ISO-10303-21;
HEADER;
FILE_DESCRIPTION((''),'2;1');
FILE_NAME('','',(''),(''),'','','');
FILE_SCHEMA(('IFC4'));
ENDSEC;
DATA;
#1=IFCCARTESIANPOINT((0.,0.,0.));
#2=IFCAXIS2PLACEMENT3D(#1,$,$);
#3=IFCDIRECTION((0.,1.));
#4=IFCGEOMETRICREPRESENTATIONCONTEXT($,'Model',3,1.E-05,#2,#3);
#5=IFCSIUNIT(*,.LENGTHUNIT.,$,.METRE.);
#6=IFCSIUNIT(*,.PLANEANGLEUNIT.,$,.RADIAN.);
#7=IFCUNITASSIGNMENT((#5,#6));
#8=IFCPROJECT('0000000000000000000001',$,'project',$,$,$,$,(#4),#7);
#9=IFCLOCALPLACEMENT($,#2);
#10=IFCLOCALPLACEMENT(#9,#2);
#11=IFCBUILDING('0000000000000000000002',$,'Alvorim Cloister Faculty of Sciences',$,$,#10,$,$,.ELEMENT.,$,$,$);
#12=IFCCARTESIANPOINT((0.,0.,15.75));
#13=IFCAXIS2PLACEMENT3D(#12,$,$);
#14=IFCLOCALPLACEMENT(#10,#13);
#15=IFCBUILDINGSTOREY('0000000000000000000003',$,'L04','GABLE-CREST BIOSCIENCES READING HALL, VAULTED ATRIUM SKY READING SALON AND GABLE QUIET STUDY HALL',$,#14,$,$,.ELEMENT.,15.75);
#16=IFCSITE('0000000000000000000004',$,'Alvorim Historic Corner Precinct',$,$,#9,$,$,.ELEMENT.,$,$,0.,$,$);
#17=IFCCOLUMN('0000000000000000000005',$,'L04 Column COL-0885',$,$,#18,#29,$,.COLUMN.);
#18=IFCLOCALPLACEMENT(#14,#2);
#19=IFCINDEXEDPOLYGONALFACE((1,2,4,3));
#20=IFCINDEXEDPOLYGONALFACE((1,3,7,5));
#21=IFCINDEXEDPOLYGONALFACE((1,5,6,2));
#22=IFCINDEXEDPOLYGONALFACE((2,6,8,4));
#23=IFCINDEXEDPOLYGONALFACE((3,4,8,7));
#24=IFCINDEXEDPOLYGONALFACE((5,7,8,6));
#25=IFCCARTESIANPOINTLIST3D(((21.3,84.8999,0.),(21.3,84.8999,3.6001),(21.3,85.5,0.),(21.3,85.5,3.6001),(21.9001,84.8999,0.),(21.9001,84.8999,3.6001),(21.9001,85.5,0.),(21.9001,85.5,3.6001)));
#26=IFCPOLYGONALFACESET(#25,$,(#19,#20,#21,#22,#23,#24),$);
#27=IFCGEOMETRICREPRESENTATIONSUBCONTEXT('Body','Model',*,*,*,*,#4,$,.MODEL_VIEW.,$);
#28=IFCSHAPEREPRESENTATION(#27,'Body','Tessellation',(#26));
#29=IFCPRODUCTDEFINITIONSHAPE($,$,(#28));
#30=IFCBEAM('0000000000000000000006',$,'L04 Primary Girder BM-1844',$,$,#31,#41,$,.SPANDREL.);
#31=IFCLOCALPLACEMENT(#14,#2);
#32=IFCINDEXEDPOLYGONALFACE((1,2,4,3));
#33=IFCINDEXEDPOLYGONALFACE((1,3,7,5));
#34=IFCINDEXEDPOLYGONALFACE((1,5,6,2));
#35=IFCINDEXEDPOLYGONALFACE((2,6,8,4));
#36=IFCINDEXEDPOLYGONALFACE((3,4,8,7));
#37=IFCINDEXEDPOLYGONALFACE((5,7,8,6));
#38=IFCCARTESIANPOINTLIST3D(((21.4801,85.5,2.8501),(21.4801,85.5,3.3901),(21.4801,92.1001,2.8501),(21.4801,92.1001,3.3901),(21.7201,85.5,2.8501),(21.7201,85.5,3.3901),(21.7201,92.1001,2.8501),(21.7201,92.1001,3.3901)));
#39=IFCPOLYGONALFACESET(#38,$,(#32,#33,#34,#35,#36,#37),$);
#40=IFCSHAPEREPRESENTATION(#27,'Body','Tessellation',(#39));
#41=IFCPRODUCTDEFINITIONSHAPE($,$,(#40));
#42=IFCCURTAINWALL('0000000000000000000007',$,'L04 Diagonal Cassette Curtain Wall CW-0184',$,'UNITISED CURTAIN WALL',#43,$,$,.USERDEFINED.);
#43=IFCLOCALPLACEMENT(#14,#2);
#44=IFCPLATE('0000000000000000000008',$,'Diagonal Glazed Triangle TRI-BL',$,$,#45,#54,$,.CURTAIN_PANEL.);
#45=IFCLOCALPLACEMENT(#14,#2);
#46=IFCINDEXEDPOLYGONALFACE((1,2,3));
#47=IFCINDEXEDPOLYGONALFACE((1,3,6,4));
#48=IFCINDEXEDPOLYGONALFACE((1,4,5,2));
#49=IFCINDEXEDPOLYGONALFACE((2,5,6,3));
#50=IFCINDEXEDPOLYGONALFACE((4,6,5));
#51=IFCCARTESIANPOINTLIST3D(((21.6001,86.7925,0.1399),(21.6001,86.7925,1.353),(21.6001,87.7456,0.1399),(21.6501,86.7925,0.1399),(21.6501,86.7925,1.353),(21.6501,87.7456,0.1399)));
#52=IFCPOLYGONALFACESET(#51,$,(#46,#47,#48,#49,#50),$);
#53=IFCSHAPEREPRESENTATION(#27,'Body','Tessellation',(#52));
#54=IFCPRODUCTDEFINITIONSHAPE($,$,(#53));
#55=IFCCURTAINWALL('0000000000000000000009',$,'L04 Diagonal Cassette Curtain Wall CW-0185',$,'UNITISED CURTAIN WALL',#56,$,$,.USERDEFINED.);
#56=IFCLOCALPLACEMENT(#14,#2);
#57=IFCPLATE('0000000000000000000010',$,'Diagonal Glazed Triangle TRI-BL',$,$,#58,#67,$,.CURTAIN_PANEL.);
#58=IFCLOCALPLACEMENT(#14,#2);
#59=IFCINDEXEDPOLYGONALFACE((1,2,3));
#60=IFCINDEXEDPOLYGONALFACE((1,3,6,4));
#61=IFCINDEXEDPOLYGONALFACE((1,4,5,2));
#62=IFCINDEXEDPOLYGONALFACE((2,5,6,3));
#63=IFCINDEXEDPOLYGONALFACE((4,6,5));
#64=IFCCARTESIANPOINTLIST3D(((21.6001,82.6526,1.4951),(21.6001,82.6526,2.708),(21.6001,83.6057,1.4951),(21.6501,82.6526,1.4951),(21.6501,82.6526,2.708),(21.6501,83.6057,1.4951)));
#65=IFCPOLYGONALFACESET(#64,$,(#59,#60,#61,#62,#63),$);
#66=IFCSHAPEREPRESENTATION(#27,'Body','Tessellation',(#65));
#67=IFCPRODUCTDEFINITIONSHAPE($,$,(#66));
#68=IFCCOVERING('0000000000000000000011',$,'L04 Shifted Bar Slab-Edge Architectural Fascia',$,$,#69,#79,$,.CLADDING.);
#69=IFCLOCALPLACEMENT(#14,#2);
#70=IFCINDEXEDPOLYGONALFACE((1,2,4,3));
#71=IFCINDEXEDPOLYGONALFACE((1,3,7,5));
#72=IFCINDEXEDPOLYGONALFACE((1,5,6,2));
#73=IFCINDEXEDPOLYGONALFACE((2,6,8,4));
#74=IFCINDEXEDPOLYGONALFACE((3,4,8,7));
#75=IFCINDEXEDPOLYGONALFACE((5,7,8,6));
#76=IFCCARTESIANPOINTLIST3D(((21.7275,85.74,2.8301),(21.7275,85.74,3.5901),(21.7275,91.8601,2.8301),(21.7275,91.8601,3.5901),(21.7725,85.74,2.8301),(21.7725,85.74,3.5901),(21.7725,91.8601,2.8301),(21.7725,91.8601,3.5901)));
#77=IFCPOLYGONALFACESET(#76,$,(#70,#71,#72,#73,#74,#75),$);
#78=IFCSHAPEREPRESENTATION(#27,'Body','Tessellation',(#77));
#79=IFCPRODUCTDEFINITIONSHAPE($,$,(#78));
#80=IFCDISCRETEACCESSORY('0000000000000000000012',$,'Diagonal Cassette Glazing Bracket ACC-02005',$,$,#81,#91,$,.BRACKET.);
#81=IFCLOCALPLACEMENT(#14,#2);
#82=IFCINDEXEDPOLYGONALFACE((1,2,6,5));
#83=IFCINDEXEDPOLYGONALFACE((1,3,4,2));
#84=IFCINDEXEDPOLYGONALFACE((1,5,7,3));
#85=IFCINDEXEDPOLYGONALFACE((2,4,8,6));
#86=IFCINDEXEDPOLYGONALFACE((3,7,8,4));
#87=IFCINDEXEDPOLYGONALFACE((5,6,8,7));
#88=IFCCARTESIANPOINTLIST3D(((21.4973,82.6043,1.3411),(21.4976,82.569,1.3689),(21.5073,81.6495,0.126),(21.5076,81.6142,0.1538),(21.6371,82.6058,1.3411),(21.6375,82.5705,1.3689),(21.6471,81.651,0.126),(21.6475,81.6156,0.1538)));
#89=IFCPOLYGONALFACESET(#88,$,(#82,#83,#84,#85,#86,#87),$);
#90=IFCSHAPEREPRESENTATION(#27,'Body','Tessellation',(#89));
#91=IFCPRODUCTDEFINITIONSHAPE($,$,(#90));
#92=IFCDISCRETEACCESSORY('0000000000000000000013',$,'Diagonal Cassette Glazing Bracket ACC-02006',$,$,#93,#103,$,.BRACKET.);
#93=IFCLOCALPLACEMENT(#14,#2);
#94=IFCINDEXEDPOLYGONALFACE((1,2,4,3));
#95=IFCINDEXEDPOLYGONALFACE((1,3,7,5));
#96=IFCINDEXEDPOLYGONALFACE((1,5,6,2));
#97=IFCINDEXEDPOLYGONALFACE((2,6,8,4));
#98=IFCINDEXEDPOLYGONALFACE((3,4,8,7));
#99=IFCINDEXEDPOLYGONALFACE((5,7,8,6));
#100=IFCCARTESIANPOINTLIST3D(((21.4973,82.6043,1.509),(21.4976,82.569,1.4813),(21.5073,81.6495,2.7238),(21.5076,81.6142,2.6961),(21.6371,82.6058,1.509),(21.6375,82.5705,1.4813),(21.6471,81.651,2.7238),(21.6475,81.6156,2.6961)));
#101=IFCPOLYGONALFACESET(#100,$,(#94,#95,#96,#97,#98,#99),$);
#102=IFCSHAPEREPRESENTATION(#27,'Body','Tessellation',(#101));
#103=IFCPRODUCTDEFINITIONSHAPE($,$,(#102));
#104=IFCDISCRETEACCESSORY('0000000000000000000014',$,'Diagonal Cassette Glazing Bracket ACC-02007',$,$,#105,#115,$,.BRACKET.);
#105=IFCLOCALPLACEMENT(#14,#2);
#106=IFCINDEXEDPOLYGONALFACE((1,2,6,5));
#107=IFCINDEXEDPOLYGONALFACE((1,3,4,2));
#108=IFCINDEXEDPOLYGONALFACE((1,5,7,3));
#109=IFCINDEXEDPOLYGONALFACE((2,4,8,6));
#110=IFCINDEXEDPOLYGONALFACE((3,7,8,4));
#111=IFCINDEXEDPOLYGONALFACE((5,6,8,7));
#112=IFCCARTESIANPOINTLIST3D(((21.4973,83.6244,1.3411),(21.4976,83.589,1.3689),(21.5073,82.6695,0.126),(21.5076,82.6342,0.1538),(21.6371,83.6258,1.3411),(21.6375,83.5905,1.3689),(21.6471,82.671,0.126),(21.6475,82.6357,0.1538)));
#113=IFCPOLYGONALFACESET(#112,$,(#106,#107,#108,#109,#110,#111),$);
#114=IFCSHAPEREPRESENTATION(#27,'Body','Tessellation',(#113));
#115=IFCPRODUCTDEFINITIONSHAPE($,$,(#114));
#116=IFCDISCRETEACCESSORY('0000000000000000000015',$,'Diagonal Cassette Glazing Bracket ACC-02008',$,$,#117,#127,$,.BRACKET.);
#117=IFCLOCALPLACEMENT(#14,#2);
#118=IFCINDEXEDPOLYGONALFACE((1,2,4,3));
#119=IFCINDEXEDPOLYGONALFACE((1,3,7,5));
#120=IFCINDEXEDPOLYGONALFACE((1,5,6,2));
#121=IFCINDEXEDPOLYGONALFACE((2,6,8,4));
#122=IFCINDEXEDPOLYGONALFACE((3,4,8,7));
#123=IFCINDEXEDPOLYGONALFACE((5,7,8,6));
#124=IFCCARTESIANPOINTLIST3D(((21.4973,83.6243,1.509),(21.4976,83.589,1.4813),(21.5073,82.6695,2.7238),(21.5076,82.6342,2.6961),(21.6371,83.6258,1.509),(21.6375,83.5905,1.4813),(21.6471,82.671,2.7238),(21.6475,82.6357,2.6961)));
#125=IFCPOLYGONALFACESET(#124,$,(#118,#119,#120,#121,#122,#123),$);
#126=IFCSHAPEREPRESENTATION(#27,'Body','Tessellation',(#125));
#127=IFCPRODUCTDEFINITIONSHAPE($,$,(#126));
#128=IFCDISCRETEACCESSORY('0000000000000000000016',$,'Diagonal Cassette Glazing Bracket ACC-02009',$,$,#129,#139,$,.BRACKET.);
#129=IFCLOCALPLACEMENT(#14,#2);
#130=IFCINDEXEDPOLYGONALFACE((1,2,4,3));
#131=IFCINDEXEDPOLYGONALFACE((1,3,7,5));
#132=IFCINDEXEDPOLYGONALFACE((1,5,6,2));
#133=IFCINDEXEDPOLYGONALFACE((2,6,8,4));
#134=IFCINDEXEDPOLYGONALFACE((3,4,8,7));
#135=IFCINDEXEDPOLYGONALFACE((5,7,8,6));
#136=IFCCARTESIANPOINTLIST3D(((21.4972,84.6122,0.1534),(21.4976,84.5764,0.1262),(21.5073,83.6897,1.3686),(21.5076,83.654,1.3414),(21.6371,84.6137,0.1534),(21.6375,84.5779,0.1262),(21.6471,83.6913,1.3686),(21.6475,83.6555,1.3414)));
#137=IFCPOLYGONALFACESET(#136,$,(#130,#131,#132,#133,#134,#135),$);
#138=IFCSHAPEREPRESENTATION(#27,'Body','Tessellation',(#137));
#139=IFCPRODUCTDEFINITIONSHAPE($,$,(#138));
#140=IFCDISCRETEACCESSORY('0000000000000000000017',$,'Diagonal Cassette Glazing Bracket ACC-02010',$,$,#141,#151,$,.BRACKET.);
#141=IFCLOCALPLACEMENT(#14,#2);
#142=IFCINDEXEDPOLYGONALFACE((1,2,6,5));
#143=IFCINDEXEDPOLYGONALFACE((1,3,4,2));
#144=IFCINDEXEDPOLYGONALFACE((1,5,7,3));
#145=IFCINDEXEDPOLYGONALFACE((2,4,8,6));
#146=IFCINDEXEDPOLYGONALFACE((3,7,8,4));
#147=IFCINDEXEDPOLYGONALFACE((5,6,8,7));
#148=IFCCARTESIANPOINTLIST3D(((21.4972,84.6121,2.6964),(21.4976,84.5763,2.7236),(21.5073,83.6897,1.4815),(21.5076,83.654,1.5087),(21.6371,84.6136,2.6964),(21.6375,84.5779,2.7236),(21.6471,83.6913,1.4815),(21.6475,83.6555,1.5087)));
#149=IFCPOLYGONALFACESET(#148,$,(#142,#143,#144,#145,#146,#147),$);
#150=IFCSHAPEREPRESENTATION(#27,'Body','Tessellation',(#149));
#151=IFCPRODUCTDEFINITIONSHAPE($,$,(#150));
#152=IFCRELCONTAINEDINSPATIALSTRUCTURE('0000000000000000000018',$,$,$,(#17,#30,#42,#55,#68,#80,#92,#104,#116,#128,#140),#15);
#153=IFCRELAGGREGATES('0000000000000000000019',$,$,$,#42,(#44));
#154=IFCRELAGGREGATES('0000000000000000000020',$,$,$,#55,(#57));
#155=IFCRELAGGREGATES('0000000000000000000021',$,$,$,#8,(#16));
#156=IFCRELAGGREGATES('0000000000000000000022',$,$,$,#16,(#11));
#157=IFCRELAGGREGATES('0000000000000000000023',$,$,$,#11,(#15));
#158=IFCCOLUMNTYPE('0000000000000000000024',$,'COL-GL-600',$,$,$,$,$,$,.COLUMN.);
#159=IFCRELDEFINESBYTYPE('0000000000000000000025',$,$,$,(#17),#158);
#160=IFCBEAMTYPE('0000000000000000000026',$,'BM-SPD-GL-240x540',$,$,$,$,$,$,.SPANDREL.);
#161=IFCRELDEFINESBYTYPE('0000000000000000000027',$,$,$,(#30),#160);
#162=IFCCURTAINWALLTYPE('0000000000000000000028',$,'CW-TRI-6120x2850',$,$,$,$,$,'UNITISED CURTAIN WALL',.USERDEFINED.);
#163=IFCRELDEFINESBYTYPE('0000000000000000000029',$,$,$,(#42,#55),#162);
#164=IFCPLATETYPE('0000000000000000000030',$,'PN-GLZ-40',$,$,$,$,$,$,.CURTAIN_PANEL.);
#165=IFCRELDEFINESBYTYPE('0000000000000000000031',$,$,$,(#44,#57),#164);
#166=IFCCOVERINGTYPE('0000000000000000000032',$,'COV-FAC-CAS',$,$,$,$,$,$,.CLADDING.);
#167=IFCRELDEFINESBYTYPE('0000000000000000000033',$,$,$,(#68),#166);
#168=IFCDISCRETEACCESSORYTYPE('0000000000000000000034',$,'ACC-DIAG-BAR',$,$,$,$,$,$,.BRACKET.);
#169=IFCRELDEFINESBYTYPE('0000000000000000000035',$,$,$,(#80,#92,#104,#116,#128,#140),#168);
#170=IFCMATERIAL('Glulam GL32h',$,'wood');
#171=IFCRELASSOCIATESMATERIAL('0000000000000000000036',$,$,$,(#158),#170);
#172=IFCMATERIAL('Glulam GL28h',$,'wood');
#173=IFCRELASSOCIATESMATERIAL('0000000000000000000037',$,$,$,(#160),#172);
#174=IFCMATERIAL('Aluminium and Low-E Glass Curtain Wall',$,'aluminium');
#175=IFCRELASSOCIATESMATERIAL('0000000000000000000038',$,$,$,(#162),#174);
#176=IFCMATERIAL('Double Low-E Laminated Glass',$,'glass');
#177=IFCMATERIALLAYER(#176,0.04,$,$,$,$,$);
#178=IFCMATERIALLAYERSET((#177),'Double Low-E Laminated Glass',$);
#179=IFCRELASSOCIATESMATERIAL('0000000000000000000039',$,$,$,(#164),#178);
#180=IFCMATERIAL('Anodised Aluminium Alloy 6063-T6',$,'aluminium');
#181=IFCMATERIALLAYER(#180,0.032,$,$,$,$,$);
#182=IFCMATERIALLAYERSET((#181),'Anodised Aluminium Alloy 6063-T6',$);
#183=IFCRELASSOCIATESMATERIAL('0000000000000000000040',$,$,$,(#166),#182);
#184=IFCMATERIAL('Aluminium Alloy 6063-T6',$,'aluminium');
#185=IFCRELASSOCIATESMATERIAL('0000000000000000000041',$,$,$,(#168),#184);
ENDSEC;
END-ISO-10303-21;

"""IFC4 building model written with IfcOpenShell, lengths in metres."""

from ifc_helpers import new_model, si_unit, direction, frame, origin, origin_2d, place, context, subcontext, project, spatial, polyline, rectangle, outline, extrude, material, layer, layer_set, material_profile, profile_set, type_object, element, aggregate, save


model = new_model("IFC4")

# Units and contexts
model_context = context("Model", 3, precision=1e-05, world=origin(), true_north=direction((0.0, 1.0)))
body_context = subcontext(model_context, "Body", "Model", "MODEL_VIEW")
ifc_project = project(units=[si_unit("LENGTHUNIT", "METRE"), si_unit("PLANEANGLEUNIT", "RADIAN")], contexts=[model_context])

# Site, building, storey
site_placement = place(None, origin())
site = spatial("IfcSite", under=ifc_project, at=site_placement, Name="Alvorim Historic Corner Precinct", CompositionType="ELEMENT", RefElevation=0.0)
building_placement = place(site_placement, origin())
building = spatial("IfcBuilding", under=site, at=building_placement, Name="Alvorim Cloister Faculty of Sciences", CompositionType="ELEMENT")
storey_placement = place(building_placement, frame((0.0, 0.0, 15.75)))
storey = spatial("IfcBuildingStorey", under=building, at=storey_placement, Name="L04", Description="GABLE-CREST BIOSCIENCES READING HALL, VAULTED ATRIUM SKY READING SALON AND GABLE QUIET STUDY HALL", CompositionType="ELEMENT", Elevation=15.75)

# Column
ifc_material_1 = material(Name="Glulam GL32h", Category="wood")
ifc_material_profile_1 = material_profile(ifc_material_1, rectangle(XDim=0.6001, YDim=0.6001, at=origin_2d()), Name="GL32-COL-600x600")
ifc_profile_set_1 = profile_set([ifc_material_profile_1], Name="Glulam GL32h")
column_type = type_object("IfcColumnType", Name="COL-GL-600", PredefinedType="COLUMN", material=ifc_profile_set_1)
column_placement = place(storey_placement, frame((21.6001, 85.2, 0.0), z_axis=(0.0, 0.0, 1.0), x_axis=(1.0, 0.0, 0.0)))
element("IfcColumn", 1, at=column_placement, inside=storey, type_object=column_type, Name="L04 Column COL-0885", PredefinedType="COLUMN", context=body_context, shape_type="SweptSolid", body=[
    extrude(rectangle(XDim=0.6001, YDim=0.6001, at=origin_2d()), origin(), (0.0, 0.0, 1.0), 3.6001),
])

# Beam
ifc_material_2 = material(Name="Glulam GL28h", Category="wood")
ifc_material_profile_2 = material_profile(ifc_material_2, rectangle(XDim=0.24, YDim=0.54, at=origin_2d()), Name="GL28-SPD-240x540")
ifc_profile_set_2 = profile_set([ifc_material_profile_2], Name="Glulam GL28h")
beam_type = type_object("IfcBeamType", Name="BM-SPD-GL-240x540", PredefinedType="SPANDREL", material=ifc_profile_set_2)
beam_placement = place(storey_placement, frame((21.6001, 85.5, 3.1201), z_axis=(0.0, 1.0, 0.0), x_axis=(-1.0, 0.0, 0.0)))
element("IfcBeam", 2, at=beam_placement, inside=storey, type_object=beam_type, Name="L04 Primary Girder BM-1844", PredefinedType="SPANDREL", context=body_context, shape_type="SweptSolid", body=[
    extrude(rectangle(XDim=0.24, YDim=0.54, at=origin_2d()), origin(), (0.0, 0.0, 1.0), 6.6001),
])

# Curtain walls, plates
ifc_material_3 = material(Name="Aluminium and Low-E Glass Curtain Wall", Category="aluminium")
curtain_wall_type = type_object("IfcCurtainWallType", Name="CW-TRI-6120x2850", ElementType="UNITISED CURTAIN WALL", PredefinedType="USERDEFINED", material=ifc_material_3)
curtain_wall_1_placement = place(storey_placement, origin())
curtain_wall_1 = element("IfcCurtainWall", 3, at=curtain_wall_1_placement, inside=storey, type_object=curtain_wall_type, Name="L04 Diagonal Cassette Curtain Wall CW-0184", ObjectType="UNITISED CURTAIN WALL", PredefinedType="USERDEFINED")
ifc_material_4 = material(Name="Double Low-E Laminated Glass", Category="glass")
ifc_layer_1 = layer(ifc_material_4, 0.04)
ifc_layer_set_1 = layer_set([ifc_layer_1], Name="Double Low-E Laminated Glass")
plate_type = type_object("IfcPlateType", Name="PN-GLZ-40", PredefinedType="CURTAIN_PANEL", material=ifc_layer_set_1)
plate_1_placement = place(storey_placement, frame((21.625, 86.7925, 0.1399), z_axis=(0.0, 0.0, 1.0), x_axis=(0.0, 1.0, 0.0)))
plate_1 = element("IfcPlate", 4, at=plate_1_placement, type_object=plate_type, Name="Diagonal Glazed Triangle TRI-BL", PredefinedType="CURTAIN_PANEL", context=body_context, shape_type="SweptSolid", body=[
    extrude(outline(polyline([(0.0, 0.0), (0.9531, 0.0), (0.0, 1.2131), (0.0, 0.0)])), frame((0.0, 0.0249, 0.0), z_axis=(0.0, -1.0, 0.0), x_axis=(1.0, 0.0, 0.0)), (0.0, 0.0, 1.0), 0.05),
])
aggregate(curtain_wall_1, [plate_1])
curtain_wall_2_placement = place(storey_placement, origin())
curtain_wall_2 = element("IfcCurtainWall", 5, at=curtain_wall_2_placement, inside=storey, type_object=curtain_wall_type, Name="L04 Diagonal Cassette Curtain Wall CW-0185", ObjectType="UNITISED CURTAIN WALL", PredefinedType="USERDEFINED")
plate_2_placement = place(storey_placement, frame((21.625, 82.6526, 1.4951), z_axis=(0.0, 0.0, 1.0), x_axis=(0.0, 1.0, 0.0)))
plate_2 = element("IfcPlate", 6, at=plate_2_placement, type_object=plate_type, Name="Diagonal Glazed Triangle TRI-BL", PredefinedType="CURTAIN_PANEL", context=body_context, shape_type="SweptSolid", body=[
    extrude(outline(polyline([(0.0, 0.0), (0.9531, 0.0), (0.0, 1.2129), (0.0, 0.0)])), frame((0.0, 0.0249, 0.0), z_axis=(0.0, -1.0, 0.0), x_axis=(1.0, 0.0, 0.0)), (0.0, 0.0, 1.0), 0.05),
])
aggregate(curtain_wall_2, [plate_2])

# Covering
ifc_material_5 = material(Name="Anodised Aluminium Alloy 6063-T6", Category="aluminium")
ifc_layer_2 = layer(ifc_material_5, 0.032)
ifc_layer_set_2 = layer_set([ifc_layer_2], Name="Anodised Aluminium Alloy 6063-T6")
covering_type = type_object("IfcCoveringType", Name="COV-FAC-CAS", PredefinedType="CLADDING", material=ifc_layer_set_2)
covering_placement = place(storey_placement, frame((21.75, 85.74, 2.8301), z_axis=(0.0, 0.0, 1.0), x_axis=(0.0, 1.0, 0.0)))
element("IfcCovering", 7, at=covering_placement, inside=storey, type_object=covering_type, Name="L04 Shifted Bar Slab-Edge Architectural Fascia", PredefinedType="CLADDING", context=body_context, shape_type="SweptSolid", body=[
    extrude(outline(polyline([(0.0, 0.0), (6.1201, 0.0), (6.1201, 0.76), (0.0, 0.76), (0.0, 0.0)])), frame((0.0, 0.0225, 0.0), z_axis=(0.0, -1.0, 0.0), x_axis=(1.0, 0.0, 0.0)), (0.0, 0.0, 1.0), 0.0449),
])

# Discrete accessories
ifc_material_6 = material(Name="Aluminium Alloy 6063-T6", Category="aluminium")
discrete_accessory_type = type_object("IfcDiscreteAccessoryType", Name="ACC-DIAG-BAR", PredefinedType="BRACKET", material=ifc_material_6)
discrete_accessory_1_placement = place(storey_placement, frame((21.5774, 81.6326, 0.1399), z_axis=(-0.006477, 0.617857, 0.786263), x_axis=(-0.999945, -0.010483, 0.0)))
element("IfcDiscreteAccessory", 8, at=discrete_accessory_1_placement, inside=storey, type_object=discrete_accessory_type, Name="Diagonal Cassette Glazing Bracket ACC-02005", PredefinedType="BRACKET", context=body_context, shape_type="SweptSolid", body=[
    extrude(rectangle(XDim=0.1399, YDim=0.0449, at=origin_2d()), origin(), (0.0, 0.0, 1.0), 1.5454),
])
discrete_accessory_2_placement = place(storey_placement, frame((21.5774, 81.6326, 2.71), z_axis=(-0.006478, 0.617934, -0.786203), x_axis=(-0.999945, -0.010483, 0.0)))
element("IfcDiscreteAccessory", 9, at=discrete_accessory_2_placement, inside=storey, type_object=discrete_accessory_type, Name="Diagonal Cassette Glazing Bracket ACC-02006", PredefinedType="BRACKET", context=body_context, shape_type="SweptSolid", body=[
    extrude(rectangle(XDim=0.1399, YDim=0.0449, at=origin_2d()), origin(), (0.0, 0.0, 1.0), 1.5452),
])
discrete_accessory_3_placement = place(storey_placement, frame((21.5774, 82.6526, 0.1399), z_axis=(-0.006477, 0.617857, 0.786263), x_axis=(-0.999945, -0.010483, 0.0)))
element("IfcDiscreteAccessory", 10, at=discrete_accessory_3_placement, inside=storey, type_object=discrete_accessory_type, Name="Diagonal Cassette Glazing Bracket ACC-02007", PredefinedType="BRACKET", context=body_context, shape_type="SweptSolid", body=[
    extrude(rectangle(XDim=0.1399, YDim=0.0449, at=origin_2d()), origin(), (0.0, 0.0, 1.0), 1.5454),
])
discrete_accessory_4_placement = place(storey_placement, frame((21.5774, 82.6526, 2.71), z_axis=(-0.006478, 0.617934, -0.786203), x_axis=(-0.999945, -0.010483, 0.0)))
element("IfcDiscreteAccessory", 11, at=discrete_accessory_4_placement, inside=storey, type_object=discrete_accessory_type, Name="Diagonal Cassette Glazing Bracket ACC-02008", PredefinedType="BRACKET", context=body_context, shape_type="SweptSolid", body=[
    extrude(rectangle(XDim=0.1399, YDim=0.0449, at=origin_2d()), origin(), (0.0, 0.0, 1.0), 1.5452),
])
discrete_accessory_5_placement = place(storey_placement, frame((21.5774, 83.6726, 1.355), z_axis=(-0.006561, 0.604612, -0.796493), x_axis=(-0.999941, -0.010852, 0.0)))
element("IfcDiscreteAccessory", 12, at=discrete_accessory_5_placement, inside=storey, type_object=discrete_accessory_type, Name="Diagonal Cassette Glazing Bracket ACC-02009", PredefinedType="BRACKET", context=body_context, shape_type="SweptSolid", body=[
    extrude(rectangle(XDim=0.1399, YDim=0.0449, at=origin_2d()), origin(), (0.0, 0.0, 1.0), 1.5256),
])
discrete_accessory_6_placement = place(storey_placement, frame((21.5774, 83.6726, 1.4951), z_axis=(-0.006562, 0.604689, 0.796435), x_axis=(-0.999941, -0.010852, 0.0)))
element("IfcDiscreteAccessory", 13, at=discrete_accessory_6_placement, inside=storey, type_object=discrete_accessory_type, Name="Diagonal Cassette Glazing Bracket ACC-02010", PredefinedType="BRACKET", context=body_context, shape_type="SweptSolid", body=[
    extrude(rectangle(XDim=0.1399, YDim=0.0449, at=origin_2d()), origin(), (0.0, 0.0, 1.0), 1.5254),
])

save(model, "model.ifc")
